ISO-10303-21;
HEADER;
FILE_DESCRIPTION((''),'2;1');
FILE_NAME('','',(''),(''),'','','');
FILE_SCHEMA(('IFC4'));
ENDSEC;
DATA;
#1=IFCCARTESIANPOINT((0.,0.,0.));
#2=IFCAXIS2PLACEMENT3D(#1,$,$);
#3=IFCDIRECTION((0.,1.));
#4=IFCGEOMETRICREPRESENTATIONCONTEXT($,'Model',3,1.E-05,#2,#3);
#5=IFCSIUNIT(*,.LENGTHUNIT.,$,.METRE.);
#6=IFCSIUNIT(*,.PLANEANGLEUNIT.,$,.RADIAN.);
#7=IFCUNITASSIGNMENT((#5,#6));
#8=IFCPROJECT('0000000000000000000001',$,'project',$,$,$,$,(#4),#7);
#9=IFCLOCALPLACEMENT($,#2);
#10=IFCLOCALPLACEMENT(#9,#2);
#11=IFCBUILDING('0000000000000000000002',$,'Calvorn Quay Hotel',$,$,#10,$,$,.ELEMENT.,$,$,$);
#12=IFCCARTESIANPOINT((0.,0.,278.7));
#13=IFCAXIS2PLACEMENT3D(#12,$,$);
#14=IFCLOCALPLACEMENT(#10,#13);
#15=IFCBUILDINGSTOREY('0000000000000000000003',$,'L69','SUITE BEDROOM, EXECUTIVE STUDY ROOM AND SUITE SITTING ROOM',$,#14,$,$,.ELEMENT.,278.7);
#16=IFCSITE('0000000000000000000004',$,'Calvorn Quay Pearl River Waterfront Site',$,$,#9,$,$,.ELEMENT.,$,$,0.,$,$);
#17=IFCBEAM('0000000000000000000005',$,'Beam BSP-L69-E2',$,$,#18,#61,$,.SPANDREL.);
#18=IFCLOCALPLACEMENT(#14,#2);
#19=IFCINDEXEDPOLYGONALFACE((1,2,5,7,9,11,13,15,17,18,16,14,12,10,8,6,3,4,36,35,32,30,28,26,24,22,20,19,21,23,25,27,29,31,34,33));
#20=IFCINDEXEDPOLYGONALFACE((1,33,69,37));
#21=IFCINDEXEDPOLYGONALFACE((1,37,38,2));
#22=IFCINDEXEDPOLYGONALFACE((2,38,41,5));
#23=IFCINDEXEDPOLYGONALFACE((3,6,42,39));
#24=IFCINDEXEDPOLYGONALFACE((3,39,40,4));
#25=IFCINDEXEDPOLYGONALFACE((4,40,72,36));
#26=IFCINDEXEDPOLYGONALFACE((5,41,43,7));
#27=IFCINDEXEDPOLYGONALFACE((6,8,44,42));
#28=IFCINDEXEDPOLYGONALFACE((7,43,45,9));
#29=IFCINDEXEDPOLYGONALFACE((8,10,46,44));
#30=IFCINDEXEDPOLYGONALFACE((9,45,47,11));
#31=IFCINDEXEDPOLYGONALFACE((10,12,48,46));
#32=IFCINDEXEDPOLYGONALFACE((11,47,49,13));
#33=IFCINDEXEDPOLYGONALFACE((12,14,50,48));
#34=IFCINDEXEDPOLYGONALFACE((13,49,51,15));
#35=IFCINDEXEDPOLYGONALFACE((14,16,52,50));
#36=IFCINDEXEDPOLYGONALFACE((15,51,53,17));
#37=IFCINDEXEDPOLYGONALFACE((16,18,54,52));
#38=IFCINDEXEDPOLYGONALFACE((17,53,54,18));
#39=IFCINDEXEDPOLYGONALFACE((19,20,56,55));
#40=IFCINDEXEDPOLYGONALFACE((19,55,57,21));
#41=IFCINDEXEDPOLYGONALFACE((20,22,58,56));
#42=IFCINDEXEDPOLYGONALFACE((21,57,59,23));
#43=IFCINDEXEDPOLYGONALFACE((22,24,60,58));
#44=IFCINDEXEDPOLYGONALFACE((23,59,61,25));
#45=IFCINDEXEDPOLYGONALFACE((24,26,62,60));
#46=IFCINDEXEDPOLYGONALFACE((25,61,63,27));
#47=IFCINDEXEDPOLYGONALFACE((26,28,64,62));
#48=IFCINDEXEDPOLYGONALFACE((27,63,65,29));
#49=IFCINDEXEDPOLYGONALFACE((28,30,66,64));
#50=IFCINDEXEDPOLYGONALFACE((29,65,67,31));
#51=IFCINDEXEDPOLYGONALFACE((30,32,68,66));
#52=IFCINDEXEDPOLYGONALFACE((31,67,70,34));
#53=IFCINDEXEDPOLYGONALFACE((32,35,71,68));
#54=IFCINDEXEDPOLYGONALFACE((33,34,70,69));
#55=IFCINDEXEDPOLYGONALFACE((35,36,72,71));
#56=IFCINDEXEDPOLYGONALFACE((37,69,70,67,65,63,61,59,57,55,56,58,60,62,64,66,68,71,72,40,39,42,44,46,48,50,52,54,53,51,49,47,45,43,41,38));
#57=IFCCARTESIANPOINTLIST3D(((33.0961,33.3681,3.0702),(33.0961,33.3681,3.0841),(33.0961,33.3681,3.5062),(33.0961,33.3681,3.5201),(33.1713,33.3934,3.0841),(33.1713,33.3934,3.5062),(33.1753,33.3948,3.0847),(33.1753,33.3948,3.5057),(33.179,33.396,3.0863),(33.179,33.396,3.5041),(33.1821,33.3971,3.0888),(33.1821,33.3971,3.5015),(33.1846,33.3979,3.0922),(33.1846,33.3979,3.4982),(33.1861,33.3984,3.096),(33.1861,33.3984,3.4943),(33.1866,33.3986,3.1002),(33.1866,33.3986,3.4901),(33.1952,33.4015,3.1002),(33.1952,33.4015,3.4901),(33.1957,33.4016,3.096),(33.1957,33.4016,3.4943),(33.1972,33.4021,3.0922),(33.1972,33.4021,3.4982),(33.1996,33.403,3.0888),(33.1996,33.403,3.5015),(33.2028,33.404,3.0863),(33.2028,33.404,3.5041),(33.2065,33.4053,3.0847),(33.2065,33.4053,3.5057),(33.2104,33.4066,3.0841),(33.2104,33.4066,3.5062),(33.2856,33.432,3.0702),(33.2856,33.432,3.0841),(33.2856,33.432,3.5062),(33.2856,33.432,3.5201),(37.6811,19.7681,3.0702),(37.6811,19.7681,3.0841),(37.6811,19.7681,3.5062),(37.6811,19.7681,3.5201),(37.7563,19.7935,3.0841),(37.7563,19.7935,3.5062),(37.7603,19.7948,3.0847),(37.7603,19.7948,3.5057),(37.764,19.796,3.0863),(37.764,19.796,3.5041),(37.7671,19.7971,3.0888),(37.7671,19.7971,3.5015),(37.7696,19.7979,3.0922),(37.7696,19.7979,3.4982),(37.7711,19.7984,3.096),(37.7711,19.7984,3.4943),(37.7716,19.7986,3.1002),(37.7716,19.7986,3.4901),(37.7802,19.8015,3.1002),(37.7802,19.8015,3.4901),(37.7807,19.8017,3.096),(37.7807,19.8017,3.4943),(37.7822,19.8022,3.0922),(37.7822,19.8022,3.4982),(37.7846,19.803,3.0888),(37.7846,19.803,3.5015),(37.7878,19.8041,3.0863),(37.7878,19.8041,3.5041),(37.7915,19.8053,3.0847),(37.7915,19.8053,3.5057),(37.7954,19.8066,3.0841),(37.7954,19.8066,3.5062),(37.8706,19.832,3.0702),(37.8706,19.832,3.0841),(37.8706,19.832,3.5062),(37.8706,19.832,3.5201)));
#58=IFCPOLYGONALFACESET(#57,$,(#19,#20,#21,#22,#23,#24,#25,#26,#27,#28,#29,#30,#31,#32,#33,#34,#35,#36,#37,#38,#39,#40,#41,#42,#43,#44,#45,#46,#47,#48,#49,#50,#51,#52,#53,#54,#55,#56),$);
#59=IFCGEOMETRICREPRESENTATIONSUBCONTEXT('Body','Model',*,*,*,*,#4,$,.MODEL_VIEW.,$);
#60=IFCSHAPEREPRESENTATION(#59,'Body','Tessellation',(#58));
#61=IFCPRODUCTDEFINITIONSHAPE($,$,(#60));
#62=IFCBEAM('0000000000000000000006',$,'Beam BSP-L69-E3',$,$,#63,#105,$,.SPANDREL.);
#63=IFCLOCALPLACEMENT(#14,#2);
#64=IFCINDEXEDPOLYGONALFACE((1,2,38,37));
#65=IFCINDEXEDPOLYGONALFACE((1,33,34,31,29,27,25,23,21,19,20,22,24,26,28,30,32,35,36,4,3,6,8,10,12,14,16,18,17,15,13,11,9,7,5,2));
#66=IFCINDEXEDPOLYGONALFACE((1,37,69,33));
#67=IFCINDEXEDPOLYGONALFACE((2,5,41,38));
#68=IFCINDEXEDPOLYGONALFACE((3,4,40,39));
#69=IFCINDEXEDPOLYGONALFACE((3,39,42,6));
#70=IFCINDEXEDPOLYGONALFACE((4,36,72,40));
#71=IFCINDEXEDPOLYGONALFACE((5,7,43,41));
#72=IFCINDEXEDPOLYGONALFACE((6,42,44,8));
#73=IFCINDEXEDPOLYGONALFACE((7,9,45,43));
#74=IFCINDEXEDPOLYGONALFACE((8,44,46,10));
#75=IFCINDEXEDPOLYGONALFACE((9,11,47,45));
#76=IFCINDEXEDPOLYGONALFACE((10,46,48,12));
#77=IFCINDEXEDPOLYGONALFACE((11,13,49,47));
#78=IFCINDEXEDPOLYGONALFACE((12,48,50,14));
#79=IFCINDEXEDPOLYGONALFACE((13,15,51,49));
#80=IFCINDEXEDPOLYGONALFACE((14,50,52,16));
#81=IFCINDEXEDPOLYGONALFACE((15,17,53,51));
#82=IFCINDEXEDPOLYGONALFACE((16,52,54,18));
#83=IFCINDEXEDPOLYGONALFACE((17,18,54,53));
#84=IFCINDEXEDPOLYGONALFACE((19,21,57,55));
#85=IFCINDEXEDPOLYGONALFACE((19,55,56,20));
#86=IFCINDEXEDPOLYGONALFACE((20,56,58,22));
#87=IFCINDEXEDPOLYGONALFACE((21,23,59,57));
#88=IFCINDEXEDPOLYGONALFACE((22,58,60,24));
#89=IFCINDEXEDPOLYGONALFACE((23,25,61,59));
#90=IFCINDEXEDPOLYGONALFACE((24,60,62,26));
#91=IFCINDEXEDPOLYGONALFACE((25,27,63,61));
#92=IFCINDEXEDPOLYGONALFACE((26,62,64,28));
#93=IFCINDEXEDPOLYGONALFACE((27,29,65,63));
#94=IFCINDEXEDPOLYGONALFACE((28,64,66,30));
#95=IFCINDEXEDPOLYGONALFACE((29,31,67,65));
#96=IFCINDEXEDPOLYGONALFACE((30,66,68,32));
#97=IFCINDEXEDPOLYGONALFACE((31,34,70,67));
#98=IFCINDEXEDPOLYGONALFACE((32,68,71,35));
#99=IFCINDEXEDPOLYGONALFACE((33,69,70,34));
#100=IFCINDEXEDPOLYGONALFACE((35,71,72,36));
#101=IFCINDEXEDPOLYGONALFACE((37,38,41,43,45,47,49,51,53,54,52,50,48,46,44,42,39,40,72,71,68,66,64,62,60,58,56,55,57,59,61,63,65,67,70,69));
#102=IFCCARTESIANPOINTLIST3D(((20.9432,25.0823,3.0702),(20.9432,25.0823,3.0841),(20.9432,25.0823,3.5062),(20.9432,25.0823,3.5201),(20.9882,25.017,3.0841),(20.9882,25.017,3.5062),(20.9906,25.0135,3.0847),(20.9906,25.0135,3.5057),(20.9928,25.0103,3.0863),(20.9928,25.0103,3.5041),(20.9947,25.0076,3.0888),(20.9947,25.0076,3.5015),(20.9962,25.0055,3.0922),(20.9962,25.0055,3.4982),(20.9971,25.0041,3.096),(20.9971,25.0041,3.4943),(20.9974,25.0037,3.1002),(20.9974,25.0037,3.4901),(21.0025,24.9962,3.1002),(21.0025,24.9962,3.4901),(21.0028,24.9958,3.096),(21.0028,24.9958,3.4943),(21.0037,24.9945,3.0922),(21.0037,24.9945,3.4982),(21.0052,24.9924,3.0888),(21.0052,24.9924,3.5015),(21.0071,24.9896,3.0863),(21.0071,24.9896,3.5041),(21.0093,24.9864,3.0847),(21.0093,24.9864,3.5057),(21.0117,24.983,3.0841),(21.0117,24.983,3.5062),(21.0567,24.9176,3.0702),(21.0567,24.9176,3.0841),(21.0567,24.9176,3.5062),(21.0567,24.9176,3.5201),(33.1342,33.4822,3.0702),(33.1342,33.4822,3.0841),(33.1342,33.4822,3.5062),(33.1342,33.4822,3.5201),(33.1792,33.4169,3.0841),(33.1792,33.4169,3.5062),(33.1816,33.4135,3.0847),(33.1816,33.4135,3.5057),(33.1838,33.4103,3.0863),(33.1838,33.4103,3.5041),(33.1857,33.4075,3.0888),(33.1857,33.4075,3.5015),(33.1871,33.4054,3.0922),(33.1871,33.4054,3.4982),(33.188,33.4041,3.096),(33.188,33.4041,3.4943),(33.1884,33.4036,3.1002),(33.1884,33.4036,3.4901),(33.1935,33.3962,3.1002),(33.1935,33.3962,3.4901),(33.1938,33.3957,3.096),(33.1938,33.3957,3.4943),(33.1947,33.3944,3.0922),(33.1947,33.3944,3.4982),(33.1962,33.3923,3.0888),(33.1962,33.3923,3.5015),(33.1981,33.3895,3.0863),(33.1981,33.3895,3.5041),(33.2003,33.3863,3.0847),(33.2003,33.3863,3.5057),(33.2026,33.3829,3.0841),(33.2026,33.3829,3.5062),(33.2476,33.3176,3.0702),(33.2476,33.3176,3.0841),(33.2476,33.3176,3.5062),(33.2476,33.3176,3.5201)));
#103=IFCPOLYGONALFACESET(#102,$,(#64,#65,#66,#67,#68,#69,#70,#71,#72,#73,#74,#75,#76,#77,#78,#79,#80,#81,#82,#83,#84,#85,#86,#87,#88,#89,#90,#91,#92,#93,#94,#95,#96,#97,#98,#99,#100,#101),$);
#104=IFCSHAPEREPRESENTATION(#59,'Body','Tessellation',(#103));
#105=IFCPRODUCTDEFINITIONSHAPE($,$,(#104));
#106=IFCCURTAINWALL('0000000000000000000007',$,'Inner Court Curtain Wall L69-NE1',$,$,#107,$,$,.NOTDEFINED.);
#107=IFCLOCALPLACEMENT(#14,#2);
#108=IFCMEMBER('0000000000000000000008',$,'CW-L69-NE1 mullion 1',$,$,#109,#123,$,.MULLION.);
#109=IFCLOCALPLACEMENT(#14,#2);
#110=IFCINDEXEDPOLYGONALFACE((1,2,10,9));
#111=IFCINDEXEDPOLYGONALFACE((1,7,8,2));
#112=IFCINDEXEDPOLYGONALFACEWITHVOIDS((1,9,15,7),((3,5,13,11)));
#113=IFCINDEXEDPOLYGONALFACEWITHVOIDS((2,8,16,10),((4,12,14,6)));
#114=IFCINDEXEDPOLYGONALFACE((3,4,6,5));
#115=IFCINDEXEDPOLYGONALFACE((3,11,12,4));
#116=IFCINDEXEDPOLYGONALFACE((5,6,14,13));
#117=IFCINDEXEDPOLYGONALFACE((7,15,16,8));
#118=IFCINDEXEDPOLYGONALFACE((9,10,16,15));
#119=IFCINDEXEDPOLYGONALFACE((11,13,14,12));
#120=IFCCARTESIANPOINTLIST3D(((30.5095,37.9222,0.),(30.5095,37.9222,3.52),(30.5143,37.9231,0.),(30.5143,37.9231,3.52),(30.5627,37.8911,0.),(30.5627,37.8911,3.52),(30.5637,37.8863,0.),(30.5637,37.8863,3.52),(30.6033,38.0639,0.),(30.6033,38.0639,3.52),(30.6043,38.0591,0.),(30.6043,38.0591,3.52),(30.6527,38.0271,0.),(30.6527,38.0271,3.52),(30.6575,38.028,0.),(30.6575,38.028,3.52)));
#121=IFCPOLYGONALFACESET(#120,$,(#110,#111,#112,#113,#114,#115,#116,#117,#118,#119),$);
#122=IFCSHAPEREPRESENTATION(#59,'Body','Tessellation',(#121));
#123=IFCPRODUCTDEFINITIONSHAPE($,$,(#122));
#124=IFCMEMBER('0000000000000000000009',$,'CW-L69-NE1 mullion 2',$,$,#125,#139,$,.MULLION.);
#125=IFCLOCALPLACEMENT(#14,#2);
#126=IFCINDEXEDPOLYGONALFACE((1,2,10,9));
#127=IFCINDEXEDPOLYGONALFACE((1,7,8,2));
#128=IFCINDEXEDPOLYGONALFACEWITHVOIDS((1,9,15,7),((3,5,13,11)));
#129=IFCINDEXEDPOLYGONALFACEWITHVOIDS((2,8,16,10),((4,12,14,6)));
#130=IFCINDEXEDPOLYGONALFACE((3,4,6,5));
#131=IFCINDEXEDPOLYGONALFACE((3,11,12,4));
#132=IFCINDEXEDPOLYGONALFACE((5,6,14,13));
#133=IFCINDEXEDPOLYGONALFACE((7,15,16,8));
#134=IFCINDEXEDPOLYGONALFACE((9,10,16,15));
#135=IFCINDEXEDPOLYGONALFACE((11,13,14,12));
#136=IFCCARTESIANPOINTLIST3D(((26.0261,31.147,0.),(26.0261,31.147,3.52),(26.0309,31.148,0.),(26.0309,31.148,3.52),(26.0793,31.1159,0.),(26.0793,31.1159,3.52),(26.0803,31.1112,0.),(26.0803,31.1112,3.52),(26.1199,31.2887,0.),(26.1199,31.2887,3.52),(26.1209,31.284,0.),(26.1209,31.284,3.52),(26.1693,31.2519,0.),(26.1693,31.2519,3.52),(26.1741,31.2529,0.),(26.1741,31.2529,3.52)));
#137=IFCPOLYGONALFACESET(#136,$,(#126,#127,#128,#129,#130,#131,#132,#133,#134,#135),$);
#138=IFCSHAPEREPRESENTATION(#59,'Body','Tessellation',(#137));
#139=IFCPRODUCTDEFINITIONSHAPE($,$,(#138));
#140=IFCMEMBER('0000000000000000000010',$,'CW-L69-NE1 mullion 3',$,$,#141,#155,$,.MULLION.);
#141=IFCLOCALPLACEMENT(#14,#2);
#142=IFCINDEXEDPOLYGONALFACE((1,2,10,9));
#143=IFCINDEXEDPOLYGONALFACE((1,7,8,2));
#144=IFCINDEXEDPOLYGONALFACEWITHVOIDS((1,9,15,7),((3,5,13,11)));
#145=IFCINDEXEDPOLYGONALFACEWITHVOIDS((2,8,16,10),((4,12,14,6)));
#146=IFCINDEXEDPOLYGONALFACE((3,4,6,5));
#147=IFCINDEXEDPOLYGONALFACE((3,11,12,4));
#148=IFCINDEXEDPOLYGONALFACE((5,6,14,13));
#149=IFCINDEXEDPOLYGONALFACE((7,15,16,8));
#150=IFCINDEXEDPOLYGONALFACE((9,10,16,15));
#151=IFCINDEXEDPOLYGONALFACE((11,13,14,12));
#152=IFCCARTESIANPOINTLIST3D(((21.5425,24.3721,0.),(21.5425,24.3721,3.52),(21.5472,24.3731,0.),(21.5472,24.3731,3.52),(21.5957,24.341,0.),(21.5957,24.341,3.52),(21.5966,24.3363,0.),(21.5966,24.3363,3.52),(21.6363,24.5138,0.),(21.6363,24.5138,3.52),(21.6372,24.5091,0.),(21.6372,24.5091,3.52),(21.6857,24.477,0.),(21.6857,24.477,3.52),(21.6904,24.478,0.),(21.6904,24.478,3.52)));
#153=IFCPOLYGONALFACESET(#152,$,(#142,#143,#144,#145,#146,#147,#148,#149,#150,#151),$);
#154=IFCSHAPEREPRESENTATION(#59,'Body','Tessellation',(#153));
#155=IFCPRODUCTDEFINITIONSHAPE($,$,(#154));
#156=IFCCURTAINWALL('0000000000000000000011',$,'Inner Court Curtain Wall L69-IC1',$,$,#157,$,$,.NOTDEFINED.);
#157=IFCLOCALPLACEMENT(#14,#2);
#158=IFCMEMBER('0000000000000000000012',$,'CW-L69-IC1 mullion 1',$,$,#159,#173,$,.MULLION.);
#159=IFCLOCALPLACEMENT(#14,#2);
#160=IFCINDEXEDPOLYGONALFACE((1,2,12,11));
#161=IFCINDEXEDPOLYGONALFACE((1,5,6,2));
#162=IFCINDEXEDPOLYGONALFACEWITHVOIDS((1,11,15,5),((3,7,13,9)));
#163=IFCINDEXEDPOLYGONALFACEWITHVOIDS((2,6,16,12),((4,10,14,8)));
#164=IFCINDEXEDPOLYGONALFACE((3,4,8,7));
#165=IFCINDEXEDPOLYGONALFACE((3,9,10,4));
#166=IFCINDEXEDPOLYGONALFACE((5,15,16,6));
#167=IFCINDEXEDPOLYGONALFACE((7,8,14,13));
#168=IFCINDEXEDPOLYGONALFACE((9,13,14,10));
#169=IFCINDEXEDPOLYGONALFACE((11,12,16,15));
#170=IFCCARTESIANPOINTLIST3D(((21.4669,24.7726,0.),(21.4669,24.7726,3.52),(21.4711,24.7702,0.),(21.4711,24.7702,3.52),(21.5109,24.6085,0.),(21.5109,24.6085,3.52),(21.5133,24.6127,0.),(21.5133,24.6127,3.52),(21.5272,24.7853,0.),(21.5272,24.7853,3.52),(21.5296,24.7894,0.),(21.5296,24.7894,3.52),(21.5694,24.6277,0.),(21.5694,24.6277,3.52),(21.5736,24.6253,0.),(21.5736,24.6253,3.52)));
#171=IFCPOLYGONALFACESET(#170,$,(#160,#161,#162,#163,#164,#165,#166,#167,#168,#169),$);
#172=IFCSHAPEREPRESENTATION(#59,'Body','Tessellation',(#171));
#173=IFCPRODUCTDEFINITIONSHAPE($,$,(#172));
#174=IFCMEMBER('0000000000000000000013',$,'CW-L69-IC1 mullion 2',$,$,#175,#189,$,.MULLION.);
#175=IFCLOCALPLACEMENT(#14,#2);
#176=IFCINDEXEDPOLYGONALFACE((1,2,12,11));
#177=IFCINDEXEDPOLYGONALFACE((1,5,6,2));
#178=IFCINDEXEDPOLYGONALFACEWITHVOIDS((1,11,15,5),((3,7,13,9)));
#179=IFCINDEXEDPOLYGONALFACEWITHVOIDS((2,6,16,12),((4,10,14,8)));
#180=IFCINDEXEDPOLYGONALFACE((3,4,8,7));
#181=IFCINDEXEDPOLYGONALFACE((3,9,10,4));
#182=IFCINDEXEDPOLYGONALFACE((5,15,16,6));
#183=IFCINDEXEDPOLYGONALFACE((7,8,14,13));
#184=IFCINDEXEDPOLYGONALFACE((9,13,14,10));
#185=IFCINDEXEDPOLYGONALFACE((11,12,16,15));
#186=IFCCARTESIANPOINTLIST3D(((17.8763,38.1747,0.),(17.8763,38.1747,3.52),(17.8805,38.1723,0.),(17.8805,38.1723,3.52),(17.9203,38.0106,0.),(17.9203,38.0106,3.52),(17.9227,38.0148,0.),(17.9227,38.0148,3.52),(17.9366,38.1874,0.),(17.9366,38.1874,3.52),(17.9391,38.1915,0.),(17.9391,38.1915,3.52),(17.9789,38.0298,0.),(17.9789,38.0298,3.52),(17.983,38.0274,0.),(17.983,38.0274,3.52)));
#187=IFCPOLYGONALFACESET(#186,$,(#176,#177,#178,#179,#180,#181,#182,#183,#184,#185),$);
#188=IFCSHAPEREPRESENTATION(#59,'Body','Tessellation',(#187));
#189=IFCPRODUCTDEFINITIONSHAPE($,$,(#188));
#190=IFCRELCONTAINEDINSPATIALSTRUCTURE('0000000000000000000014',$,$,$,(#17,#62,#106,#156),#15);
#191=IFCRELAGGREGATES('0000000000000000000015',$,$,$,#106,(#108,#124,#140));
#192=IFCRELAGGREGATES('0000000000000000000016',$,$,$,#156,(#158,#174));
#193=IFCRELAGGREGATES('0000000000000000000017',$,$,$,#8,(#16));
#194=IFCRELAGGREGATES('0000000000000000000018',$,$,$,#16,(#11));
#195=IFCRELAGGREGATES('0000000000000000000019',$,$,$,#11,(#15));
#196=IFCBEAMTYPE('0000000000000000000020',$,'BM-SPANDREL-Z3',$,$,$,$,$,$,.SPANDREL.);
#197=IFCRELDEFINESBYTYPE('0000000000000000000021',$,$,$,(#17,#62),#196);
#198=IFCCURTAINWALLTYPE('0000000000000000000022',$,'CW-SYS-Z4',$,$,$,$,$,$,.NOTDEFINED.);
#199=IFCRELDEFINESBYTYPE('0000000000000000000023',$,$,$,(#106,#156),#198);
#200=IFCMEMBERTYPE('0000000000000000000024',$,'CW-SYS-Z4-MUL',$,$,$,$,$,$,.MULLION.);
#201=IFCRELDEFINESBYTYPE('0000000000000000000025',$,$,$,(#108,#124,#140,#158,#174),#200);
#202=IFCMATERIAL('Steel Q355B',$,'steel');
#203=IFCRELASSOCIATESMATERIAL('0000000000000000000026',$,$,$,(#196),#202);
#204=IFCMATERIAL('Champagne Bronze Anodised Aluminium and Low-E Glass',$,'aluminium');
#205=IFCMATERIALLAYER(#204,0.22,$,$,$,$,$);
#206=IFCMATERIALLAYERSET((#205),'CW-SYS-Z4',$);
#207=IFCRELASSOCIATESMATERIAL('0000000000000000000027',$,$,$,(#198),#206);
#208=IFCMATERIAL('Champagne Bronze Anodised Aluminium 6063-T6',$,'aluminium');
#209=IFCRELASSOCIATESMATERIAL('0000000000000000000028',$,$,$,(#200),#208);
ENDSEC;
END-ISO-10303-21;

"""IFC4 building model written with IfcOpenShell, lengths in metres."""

from ifc_helpers import new_model, si_unit, direction, frame, origin, origin_2d, place, context, subcontext, project, spatial, hollow_rectangle, i_section, extrude, material, layer, layer_set, material_profile, profile_set, type_object, element, aggregate, save


model = new_model("IFC4")

# Units and contexts
model_context = context("Model", 3, precision=1e-05, world=origin(), true_north=direction((0.0, 1.0)))
body_context = subcontext(model_context, "Body", "Model", "MODEL_VIEW")
ifc_project = project(units=[si_unit("LENGTHUNIT", "METRE"), si_unit("PLANEANGLEUNIT", "RADIAN")], contexts=[model_context])

# Site, building, storey
site_placement = place(None, origin())
site = spatial("IfcSite", under=ifc_project, at=site_placement, Name="Calvorn Quay Pearl River Waterfront Site", CompositionType="ELEMENT", RefElevation=0.0)
building_placement = place(site_placement, origin())
building = spatial("IfcBuilding", under=site, at=building_placement, Name="Calvorn Quay Hotel", CompositionType="ELEMENT")
storey_placement = place(building_placement, frame((0.0, 0.0, 278.7)))
storey = spatial("IfcBuildingStorey", under=building, at=storey_placement, Name="L69", Description="SUITE BEDROOM, EXECUTIVE STUDY ROOM AND SUITE SITTING ROOM", CompositionType="ELEMENT", Elevation=278.7)

# Beams
ifc_material_1 = material(Name="Steel Q355B", Category="steel")
ifc_material_profile_1 = material_profile(ifc_material_1, i_section(OverallWidth=0.2, OverallDepth=0.45, WebThickness=0.009, FlangeThickness=0.0139, FilletRadius=0.0161, at=origin_2d()), Name="HN450x200x9x14")
ifc_profile_set_1 = profile_set([ifc_material_profile_1], Name="Steel Q355B")
beam_type_1 = type_object("IfcBeamType", Name="BM-SPANDREL-Z3", PredefinedType="SPANDREL", material=ifc_profile_set_1)
beam_1_placement = place(storey_placement, frame((37.7759, 19.8, 3.2952), z_axis=(-0.319467, 0.947598, 0.0), x_axis=(-0.947598, -0.319467, 0.0)))
element("IfcBeam", 1, at=beam_1_placement, inside=storey, type_object=beam_type_1, Name="Beam BSP-L69-E2", PredefinedType="SPANDREL", context=body_context, shape_type="SweptSolid", body=[
    extrude(i_section(OverallWidth=0.2, OverallDepth=0.45, WebThickness=0.009, FlangeThickness=0.0139, FilletRadius=0.0161, at=origin_2d()), origin(), (0.0, 0.0, 1.0), 14.3521),
])
beam_2_placement = place(storey_placement, frame((33.1909, 33.3999, 3.2952), z_axis=(-0.823453, -0.567384, 0.0), x_axis=(0.567384, -0.823453, 0.0)))
element("IfcBeam", 2, at=beam_2_placement, inside=storey, type_object=beam_type_1, Name="Beam BSP-L69-E3", PredefinedType="SPANDREL", context=body_context, shape_type="SweptSolid", body=[
    extrude(i_section(OverallWidth=0.2, OverallDepth=0.45, WebThickness=0.009, FlangeThickness=0.0139, FilletRadius=0.0161, at=origin_2d()), origin(), (0.0, 0.0, 1.0), 14.8047),
])

# Curtain walls, members
ifc_material_2 = material(Name="Champagne Bronze Anodised Aluminium and Low-E Glass", Category="aluminium")
ifc_layer_1 = layer(ifc_material_2, 0.22)
ifc_layer_set_1 = layer_set([ifc_layer_1], Name="CW-SYS-Z4")
curtain_wall_type = type_object("IfcCurtainWallType", Name="CW-SYS-Z4", PredefinedType="NOTDEFINED", material=ifc_layer_set_1)
curtain_wall_1_placement = place(storey_placement, origin())
curtain_wall_1 = element("IfcCurtainWall", 3, at=curtain_wall_1_placement, inside=storey, type_object=curtain_wall_type, Name="Inner Court Curtain Wall L69-NE1", PredefinedType="NOTDEFINED")
ifc_material_3 = material(Name="Champagne Bronze Anodised Aluminium 6063-T6", Category="aluminium")
ifc_material_profile_2 = material_profile(ifc_material_3, hollow_rectangle(XDim=0.0649, YDim=0.1699, WallThickness=0.0034, at=origin_2d()), Name="ALU-M170x65x3.5")
ifc_profile_set_2 = profile_set([ifc_material_profile_2], Name="Champagne Bronze Anodised Aluminium 6063-T6")
member_type_1 = type_object("IfcMemberType", Name="CW-SYS-Z4-MUL", PredefinedType="MULLION", material=ifc_profile_set_2)
member_1_placement = place(storey_placement, frame((30.5835, 37.9751, 0.0), z_axis=(0.0, 0.0, 1.0), x_axis=(0.833932, -0.551867, 0.0)))
member_1 = element("IfcMember", 4, at=member_1_placement, type_object=member_type_1, Name="CW-L69-NE1 mullion 1", PredefinedType="MULLION", context=body_context, shape_type="SweptSolid", body=[
    extrude(hollow_rectangle(XDim=0.0649, YDim=0.1699, WallThickness=0.0034, at=origin_2d()), origin(), (0.0, 0.0, 1.0), 3.52),
])
member_2_placement = place(storey_placement, frame((26.1001, 31.2, 0.0), z_axis=(0.0, 0.0, 1.0), x_axis=(0.833932, -0.551867, 0.0)))
member_2 = element("IfcMember", 5, at=member_2_placement, type_object=member_type_1, Name="CW-L69-NE1 mullion 2", PredefinedType="MULLION", context=body_context, shape_type="SweptSolid", body=[
    extrude(hollow_rectangle(XDim=0.0649, YDim=0.1699, WallThickness=0.0034, at=origin_2d()), origin(), (0.0, 0.0, 1.0), 3.52),
])
member_3_placement = place(storey_placement, frame((21.6165, 24.425, 0.0), z_axis=(0.0, 0.0, 1.0), x_axis=(0.833932, -0.551867, 0.0)))
member_3 = element("IfcMember", 6, at=member_3_placement, type_object=member_type_1, Name="CW-L69-NE1 mullion 3", PredefinedType="MULLION", context=body_context, shape_type="SweptSolid", body=[
    extrude(hollow_rectangle(XDim=0.0649, YDim=0.1699, WallThickness=0.0034, at=origin_2d()), origin(), (0.0, 0.0, 1.0), 3.52),
])
curtain_wall_2_placement = place(storey_placement, origin())
curtain_wall_2 = element("IfcCurtainWall", 7, at=curtain_wall_2_placement, inside=storey, type_object=curtain_wall_type, Name="Inner Court Curtain Wall L69-IC1", PredefinedType="NOTDEFINED")
member_4_placement = place(storey_placement, frame((21.5203, 24.699, 0.0), z_axis=(0.0, 0.0, 1.0), x_axis=(-0.965937, -0.258779, 0.0)))
member_4 = element("IfcMember", 8, at=member_4_placement, type_object=member_type_1, Name="CW-L69-IC1 mullion 1", PredefinedType="MULLION", context=body_context, shape_type="SweptSolid", body=[
    extrude(hollow_rectangle(XDim=0.0649, YDim=0.1699, WallThickness=0.0034, at=origin_2d()), origin(), (0.0, 0.0, 1.0), 3.52),
])
member_5_placement = place(storey_placement, frame((17.9297, 38.1011, 0.0), z_axis=(0.0, 0.0, 1.0), x_axis=(-0.965937, -0.258779, 0.0)))
member_5 = element("IfcMember", 9, at=member_5_placement, type_object=member_type_1, Name="CW-L69-IC1 mullion 2", PredefinedType="MULLION", context=body_context, shape_type="SweptSolid", body=[
    extrude(hollow_rectangle(XDim=0.0649, YDim=0.1699, WallThickness=0.0034, at=origin_2d()), origin(), (0.0, 0.0, 1.0), 3.52),
])

aggregate(curtain_wall_1, [member_1, member_2, member_3])
aggregate(curtain_wall_2, [member_4, member_5])

save(model, "model.ifc")
